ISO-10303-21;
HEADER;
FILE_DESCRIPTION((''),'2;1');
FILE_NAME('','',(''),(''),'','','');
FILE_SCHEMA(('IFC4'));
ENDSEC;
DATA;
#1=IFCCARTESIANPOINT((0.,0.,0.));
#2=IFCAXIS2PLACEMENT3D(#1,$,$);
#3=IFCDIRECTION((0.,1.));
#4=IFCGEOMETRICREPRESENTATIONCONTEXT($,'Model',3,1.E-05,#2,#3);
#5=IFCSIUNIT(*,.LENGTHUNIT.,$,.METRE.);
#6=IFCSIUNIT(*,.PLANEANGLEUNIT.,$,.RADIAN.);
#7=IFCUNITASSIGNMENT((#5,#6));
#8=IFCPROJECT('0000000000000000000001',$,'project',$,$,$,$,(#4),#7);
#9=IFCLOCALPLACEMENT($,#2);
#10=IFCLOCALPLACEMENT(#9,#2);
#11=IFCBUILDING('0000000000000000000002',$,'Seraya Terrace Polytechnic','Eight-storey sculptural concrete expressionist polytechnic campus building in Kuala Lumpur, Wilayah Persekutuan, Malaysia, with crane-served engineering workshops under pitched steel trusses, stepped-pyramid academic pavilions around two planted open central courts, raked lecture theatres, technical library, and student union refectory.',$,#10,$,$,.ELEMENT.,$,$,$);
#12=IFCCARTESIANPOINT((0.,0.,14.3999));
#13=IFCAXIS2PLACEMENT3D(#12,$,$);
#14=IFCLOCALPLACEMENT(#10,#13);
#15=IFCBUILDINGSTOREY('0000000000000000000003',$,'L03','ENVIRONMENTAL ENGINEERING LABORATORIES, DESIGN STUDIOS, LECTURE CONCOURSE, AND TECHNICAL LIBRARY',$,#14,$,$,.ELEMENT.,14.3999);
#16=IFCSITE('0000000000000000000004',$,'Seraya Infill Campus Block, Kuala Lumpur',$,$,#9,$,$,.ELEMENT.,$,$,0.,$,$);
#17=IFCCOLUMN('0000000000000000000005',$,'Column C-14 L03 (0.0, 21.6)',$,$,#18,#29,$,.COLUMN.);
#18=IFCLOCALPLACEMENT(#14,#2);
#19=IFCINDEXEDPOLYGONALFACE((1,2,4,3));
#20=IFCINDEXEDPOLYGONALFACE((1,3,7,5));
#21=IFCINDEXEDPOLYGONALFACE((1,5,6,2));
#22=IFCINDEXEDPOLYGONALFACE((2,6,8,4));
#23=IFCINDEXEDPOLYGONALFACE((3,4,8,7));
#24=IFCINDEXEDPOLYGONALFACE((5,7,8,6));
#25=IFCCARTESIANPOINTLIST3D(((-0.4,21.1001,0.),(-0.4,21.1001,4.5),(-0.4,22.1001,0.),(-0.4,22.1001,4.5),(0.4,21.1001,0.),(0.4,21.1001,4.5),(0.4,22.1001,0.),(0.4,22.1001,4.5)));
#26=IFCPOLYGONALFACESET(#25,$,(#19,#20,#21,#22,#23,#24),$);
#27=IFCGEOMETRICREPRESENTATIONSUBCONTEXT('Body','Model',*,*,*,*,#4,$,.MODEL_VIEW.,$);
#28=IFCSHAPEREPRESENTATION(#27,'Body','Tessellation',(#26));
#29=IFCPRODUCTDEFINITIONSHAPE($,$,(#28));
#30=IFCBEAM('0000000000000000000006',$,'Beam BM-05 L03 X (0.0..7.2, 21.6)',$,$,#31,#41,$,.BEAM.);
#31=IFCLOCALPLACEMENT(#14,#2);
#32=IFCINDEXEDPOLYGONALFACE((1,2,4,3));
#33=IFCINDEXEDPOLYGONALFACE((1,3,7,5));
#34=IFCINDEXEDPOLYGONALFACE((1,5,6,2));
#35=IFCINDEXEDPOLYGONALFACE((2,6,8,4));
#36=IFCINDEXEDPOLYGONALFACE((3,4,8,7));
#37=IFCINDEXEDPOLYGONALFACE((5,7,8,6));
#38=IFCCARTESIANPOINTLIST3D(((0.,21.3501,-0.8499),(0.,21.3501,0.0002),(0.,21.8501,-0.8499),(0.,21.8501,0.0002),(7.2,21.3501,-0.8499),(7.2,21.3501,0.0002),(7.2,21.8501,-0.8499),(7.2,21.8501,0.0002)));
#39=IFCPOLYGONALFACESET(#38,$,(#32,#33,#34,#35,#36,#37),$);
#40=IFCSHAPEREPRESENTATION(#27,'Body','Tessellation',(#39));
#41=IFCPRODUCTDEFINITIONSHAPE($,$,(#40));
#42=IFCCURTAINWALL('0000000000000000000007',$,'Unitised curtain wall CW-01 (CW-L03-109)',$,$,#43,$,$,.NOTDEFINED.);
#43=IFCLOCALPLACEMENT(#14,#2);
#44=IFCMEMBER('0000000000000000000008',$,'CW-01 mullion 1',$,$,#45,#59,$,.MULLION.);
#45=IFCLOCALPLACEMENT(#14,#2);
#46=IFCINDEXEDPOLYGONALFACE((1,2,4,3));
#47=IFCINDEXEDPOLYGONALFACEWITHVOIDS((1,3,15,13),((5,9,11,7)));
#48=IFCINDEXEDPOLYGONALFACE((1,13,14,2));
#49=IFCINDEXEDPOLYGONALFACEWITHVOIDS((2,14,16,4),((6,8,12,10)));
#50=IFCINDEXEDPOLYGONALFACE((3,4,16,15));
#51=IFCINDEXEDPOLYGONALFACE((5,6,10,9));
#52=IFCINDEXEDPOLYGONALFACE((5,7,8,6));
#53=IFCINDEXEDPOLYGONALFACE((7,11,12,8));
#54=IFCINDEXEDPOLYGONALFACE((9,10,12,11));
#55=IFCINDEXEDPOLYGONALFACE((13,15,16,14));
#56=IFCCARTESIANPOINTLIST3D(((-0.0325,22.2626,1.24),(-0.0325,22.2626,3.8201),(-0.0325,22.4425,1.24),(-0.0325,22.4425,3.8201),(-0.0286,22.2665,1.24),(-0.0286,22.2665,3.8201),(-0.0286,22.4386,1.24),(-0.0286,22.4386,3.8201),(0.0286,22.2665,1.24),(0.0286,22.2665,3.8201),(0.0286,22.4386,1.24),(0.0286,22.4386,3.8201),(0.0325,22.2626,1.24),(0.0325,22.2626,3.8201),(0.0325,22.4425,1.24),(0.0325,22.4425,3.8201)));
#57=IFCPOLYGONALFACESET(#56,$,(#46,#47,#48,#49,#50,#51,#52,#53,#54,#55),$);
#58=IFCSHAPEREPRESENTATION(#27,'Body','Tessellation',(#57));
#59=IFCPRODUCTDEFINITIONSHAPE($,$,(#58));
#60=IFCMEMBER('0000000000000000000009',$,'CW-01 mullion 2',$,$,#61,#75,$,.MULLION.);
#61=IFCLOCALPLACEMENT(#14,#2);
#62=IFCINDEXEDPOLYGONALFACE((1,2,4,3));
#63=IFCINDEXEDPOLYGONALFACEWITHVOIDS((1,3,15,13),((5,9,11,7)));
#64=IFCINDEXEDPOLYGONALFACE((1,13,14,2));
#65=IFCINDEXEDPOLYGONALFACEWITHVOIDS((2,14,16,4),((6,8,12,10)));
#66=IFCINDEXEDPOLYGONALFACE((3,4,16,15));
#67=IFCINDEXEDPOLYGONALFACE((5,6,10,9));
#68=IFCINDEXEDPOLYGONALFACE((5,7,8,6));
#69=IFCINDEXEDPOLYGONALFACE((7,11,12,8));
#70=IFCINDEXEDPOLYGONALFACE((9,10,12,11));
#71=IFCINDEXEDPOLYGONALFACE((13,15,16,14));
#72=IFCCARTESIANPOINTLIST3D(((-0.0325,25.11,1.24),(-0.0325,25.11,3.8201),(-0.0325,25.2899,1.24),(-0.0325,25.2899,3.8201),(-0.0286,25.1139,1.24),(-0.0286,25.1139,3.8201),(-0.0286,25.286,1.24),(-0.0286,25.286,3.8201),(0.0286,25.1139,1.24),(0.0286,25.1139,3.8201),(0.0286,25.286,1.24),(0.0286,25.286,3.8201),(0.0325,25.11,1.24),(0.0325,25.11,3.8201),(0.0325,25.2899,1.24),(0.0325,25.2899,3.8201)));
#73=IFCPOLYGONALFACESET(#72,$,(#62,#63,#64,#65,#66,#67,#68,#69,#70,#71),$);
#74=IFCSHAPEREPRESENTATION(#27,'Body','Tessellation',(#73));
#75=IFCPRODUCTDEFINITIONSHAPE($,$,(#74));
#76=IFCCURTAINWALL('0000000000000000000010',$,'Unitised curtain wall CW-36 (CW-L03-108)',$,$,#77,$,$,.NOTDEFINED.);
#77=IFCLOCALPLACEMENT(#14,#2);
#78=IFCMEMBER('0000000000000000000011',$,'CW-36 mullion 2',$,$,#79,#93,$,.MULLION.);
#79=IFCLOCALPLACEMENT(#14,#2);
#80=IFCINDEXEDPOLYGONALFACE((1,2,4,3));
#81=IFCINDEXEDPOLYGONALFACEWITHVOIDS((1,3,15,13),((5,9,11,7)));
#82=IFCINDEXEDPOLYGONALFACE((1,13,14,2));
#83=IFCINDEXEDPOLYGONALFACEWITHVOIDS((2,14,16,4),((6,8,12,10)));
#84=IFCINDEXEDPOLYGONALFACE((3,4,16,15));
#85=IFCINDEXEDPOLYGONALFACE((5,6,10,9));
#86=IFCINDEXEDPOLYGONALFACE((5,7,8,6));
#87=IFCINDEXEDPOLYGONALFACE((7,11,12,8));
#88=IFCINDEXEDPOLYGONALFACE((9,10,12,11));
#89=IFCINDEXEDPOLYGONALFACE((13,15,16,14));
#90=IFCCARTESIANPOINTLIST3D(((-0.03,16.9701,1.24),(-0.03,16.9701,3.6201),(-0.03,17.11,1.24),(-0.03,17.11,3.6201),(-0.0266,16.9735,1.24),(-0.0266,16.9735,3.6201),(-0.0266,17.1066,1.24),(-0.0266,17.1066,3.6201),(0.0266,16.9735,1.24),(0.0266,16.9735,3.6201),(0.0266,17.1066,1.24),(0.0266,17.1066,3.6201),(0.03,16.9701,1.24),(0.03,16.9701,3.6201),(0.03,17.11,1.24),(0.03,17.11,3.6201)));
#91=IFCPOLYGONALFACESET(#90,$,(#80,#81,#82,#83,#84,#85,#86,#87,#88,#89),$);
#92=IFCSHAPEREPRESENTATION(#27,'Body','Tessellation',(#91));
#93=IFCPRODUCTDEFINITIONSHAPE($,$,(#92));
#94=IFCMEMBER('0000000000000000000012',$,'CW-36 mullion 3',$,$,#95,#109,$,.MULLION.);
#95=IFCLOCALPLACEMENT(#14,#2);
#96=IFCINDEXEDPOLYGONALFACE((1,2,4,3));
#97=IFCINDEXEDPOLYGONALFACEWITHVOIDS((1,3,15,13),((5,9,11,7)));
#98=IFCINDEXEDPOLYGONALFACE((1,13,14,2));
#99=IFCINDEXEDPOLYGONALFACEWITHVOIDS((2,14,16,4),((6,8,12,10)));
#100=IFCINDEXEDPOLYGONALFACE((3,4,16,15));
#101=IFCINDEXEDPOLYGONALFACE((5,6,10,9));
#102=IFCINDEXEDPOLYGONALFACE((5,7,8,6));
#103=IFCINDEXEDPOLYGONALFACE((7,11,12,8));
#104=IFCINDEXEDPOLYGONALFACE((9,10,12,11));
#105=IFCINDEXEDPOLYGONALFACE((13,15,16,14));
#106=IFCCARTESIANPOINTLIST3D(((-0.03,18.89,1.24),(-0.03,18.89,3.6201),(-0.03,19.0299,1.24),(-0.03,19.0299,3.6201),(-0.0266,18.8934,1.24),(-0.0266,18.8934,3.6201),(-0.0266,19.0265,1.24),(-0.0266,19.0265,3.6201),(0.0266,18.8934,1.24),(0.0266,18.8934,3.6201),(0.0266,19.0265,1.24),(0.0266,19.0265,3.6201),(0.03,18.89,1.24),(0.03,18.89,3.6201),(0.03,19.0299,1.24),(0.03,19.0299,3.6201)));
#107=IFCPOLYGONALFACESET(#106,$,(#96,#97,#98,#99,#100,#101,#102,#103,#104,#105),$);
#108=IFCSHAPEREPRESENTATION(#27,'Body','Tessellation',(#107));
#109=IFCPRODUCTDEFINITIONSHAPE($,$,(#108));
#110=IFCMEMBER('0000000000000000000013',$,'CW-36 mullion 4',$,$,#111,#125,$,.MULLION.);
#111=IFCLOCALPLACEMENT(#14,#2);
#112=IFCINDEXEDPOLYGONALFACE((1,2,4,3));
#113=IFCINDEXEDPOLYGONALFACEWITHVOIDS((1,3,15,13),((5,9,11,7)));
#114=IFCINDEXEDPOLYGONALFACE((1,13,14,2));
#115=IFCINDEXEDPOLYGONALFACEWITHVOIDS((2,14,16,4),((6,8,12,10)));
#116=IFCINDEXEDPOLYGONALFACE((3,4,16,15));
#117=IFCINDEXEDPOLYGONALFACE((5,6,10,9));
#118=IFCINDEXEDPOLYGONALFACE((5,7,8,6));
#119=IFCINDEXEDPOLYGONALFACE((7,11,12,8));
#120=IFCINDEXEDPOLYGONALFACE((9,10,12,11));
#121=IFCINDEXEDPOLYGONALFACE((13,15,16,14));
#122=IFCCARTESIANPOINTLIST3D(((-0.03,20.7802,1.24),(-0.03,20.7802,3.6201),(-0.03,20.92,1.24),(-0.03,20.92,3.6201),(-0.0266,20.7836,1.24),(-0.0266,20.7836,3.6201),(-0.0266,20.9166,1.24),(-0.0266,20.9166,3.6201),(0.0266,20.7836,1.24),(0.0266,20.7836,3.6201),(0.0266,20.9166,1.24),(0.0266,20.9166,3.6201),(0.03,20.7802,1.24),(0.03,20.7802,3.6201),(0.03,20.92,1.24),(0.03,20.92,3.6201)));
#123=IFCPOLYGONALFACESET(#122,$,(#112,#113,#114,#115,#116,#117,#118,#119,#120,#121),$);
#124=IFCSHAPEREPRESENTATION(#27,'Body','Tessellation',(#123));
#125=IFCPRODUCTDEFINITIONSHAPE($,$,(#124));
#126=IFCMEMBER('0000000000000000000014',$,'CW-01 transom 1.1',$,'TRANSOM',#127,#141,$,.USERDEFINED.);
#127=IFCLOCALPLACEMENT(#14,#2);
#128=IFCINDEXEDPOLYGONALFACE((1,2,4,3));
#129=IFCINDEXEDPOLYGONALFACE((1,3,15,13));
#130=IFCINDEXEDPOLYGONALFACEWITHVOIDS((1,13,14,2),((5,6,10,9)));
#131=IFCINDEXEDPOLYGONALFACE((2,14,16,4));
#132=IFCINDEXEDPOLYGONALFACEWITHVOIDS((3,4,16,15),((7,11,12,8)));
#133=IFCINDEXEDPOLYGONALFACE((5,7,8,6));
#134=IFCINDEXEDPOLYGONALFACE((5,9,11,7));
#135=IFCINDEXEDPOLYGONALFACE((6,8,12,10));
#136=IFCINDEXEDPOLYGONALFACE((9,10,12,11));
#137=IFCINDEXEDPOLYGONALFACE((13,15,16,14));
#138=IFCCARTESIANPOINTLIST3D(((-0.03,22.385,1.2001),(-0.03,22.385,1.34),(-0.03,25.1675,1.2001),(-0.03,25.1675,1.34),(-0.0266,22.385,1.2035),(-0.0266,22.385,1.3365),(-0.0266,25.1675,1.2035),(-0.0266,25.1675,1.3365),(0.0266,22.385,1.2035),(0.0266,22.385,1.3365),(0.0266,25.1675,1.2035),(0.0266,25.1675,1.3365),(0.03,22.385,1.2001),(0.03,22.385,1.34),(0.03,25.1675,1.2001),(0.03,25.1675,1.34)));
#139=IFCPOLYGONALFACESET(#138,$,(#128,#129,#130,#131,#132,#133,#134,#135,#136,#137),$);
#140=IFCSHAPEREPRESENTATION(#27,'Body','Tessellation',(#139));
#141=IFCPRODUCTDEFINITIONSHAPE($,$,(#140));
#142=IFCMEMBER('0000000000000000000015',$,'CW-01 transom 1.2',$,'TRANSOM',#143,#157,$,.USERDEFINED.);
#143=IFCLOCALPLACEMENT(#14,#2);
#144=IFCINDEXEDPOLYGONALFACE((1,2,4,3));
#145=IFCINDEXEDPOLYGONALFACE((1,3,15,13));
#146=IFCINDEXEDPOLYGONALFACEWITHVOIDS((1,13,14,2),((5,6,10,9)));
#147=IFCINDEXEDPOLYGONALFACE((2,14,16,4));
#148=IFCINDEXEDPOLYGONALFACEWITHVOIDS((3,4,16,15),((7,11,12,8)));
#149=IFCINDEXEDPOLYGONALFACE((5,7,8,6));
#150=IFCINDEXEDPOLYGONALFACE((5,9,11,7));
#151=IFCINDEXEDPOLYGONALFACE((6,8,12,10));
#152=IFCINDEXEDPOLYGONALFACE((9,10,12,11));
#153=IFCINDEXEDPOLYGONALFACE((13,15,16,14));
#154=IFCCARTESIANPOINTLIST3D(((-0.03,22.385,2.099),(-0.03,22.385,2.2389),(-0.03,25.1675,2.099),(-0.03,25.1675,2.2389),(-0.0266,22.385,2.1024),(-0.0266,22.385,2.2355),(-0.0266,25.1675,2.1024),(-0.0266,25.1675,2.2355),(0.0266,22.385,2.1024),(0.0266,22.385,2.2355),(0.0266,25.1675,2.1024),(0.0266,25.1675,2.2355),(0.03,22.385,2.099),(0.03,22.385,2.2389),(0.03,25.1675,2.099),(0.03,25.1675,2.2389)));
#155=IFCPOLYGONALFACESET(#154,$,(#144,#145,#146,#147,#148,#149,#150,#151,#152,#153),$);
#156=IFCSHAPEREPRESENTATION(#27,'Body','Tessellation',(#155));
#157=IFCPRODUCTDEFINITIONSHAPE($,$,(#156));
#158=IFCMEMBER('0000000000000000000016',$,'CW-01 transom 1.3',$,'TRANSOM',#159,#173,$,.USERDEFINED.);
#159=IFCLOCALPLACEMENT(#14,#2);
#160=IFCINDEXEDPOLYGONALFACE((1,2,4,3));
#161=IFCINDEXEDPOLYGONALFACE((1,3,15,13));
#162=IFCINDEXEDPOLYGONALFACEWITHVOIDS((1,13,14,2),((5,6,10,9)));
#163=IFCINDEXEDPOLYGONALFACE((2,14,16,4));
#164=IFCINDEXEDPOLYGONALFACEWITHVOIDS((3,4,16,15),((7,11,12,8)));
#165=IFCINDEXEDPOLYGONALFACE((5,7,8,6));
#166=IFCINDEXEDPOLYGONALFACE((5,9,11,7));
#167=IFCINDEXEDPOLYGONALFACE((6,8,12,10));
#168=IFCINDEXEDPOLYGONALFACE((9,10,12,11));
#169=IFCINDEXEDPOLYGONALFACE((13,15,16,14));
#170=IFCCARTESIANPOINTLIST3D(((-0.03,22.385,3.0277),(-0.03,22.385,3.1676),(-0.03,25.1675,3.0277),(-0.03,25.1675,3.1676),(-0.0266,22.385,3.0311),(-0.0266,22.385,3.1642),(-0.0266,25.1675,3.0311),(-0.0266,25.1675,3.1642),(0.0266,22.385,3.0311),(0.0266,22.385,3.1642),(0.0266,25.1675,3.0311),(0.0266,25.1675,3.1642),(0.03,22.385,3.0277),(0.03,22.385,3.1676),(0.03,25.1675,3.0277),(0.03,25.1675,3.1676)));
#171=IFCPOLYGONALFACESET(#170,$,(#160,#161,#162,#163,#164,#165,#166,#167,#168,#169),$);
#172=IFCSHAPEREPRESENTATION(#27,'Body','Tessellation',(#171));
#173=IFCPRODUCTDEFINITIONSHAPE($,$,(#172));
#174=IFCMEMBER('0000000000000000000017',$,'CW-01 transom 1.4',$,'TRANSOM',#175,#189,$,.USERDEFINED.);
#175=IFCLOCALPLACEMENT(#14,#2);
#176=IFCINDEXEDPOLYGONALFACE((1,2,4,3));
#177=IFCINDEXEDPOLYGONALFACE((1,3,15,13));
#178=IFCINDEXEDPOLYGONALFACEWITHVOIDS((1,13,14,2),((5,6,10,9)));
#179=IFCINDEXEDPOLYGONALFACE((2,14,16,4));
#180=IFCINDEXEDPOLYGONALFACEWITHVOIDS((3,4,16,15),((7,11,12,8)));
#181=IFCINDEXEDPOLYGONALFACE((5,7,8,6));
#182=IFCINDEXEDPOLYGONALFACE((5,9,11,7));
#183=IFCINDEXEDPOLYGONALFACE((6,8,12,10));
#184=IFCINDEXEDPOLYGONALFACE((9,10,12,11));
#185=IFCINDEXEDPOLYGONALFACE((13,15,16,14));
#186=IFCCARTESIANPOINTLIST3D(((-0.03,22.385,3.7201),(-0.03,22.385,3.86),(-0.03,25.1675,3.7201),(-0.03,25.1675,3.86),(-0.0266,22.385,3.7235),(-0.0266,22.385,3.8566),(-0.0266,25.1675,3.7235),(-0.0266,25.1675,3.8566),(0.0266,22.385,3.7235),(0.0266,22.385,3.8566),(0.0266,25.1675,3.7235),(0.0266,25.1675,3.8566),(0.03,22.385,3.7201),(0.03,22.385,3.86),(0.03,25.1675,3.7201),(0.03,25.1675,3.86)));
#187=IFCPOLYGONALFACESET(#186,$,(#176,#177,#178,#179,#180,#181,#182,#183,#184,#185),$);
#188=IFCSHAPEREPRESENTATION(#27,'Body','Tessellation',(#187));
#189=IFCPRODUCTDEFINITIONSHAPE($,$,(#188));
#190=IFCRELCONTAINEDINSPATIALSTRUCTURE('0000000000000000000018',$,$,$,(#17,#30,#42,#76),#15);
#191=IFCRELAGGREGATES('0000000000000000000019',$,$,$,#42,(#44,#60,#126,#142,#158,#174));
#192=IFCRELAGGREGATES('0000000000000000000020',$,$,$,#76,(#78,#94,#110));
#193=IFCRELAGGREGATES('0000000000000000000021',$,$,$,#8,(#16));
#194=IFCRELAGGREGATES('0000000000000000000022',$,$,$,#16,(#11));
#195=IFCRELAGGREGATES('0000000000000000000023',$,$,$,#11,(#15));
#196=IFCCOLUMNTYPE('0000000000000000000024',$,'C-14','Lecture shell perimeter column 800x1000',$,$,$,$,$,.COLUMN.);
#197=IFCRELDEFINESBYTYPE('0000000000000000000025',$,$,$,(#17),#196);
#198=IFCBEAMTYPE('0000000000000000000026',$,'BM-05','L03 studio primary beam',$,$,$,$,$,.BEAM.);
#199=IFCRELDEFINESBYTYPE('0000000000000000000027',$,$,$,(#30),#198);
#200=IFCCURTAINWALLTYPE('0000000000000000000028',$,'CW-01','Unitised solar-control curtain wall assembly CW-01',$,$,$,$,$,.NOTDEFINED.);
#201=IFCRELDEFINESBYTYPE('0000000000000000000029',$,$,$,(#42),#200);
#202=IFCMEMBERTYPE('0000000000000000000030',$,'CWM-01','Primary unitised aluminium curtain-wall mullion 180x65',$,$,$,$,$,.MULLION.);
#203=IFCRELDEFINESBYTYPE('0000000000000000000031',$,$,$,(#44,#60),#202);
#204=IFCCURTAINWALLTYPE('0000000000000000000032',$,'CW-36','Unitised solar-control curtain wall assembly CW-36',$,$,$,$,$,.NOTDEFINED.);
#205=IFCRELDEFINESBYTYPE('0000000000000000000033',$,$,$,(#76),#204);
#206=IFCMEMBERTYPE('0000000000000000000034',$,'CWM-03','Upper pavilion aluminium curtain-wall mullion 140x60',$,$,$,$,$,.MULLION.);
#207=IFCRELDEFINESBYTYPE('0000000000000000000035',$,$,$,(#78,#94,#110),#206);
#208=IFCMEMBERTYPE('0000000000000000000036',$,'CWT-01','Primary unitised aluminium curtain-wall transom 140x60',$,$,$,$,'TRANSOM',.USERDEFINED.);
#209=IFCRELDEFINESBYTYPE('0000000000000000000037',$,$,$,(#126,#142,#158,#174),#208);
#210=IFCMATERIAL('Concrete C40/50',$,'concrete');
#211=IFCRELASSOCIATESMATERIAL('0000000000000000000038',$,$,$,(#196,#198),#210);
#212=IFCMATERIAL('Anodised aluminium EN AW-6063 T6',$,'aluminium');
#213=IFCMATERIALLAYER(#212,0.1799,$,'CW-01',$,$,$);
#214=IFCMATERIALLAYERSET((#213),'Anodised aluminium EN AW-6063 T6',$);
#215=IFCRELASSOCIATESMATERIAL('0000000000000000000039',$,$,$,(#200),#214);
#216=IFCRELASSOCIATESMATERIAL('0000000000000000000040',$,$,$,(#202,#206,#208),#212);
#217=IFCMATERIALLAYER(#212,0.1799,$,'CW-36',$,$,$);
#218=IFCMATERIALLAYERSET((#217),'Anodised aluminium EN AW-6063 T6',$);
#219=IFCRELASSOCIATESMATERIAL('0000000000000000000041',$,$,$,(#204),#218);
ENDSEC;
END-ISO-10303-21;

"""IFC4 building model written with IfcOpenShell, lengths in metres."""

from ifc_helpers import new_model, si_unit, direction, frame, origin, origin_2d, place, context, subcontext, project, spatial, rectangle, hollow_rectangle, extrude, material, layer, layer_set, material_profile, profile_set, type_object, element, aggregate, save


model = new_model("IFC4")

# Units and contexts
model_context = context("Model", 3, precision=1e-05, world=origin(), true_north=direction((0.0, 1.0)))
body_context = subcontext(model_context, "Body", "Model", "MODEL_VIEW")
ifc_project = project(units=[si_unit("LENGTHUNIT", "METRE"), si_unit("PLANEANGLEUNIT", "RADIAN")], contexts=[model_context])

# Site, building, storey
site_placement = place(None, origin())
site = spatial("IfcSite", under=ifc_project, at=site_placement, Name="Seraya Infill Campus Block, Kuala Lumpur", CompositionType="ELEMENT", RefElevation=0.0)
building_placement = place(site_placement, origin())
building = spatial("IfcBuilding", under=site, at=building_placement, Name="Seraya Terrace Polytechnic", Description="Eight-storey sculptural concrete expressionist polytechnic campus building in Kuala Lumpur, Wilayah Persekutuan, Malaysia, with crane-served engineering workshops under pitched steel trusses, stepped-pyramid academic pavilions around two planted open central courts, raked lecture theatres, technical library, and student union refectory.", CompositionType="ELEMENT")
storey_placement = place(building_placement, frame((0.0, 0.0, 14.3999)))
storey = spatial("IfcBuildingStorey", under=building, at=storey_placement, Name="L03", Description="ENVIRONMENTAL ENGINEERING LABORATORIES, DESIGN STUDIOS, LECTURE CONCOURSE, AND TECHNICAL LIBRARY", CompositionType="ELEMENT", Elevation=14.3999)

# Column
ifc_material_1 = material(Name="Concrete C40/50", Category="concrete")
ifc_material_profile_1 = material_profile(ifc_material_1, rectangle(XDim=0.8, YDim=1.0, at=origin_2d()), Name="RC 800x1000")
ifc_profile_set_1 = profile_set([ifc_material_profile_1], Name="Concrete C40/50")
column_type = type_object("IfcColumnType", Name="C-14", Description="Lecture shell perimeter column 800x1000", PredefinedType="COLUMN", material=ifc_profile_set_1)
column_placement = place(storey_placement, frame((0.0, 21.6001, 0.0), z_axis=(0.0, 0.0, 1.0), x_axis=(1.0, 0.0, 0.0)))
element("IfcColumn", 1, at=column_placement, inside=storey, type_object=column_type, Name="Column C-14 L03 (0.0, 21.6)", PredefinedType="COLUMN", context=body_context, shape_type="SweptSolid", body=[
    extrude(rectangle(XDim=0.8, YDim=1.0, at=origin_2d()), origin(), (0.0, 0.0, 1.0), 4.5),
])

# Beam
ifc_material_profile_2 = material_profile(ifc_material_1, rectangle(XDim=0.5, YDim=0.8501, at=origin_2d()), Name="RC 500x850")
ifc_profile_set_2 = profile_set([ifc_material_profile_2], Name="Concrete C40/50")
beam_type = type_object("IfcBeamType", Name="BM-05", Description="L03 studio primary beam", PredefinedType="BEAM", material=ifc_profile_set_2)
beam_placement = place(storey_placement, frame((0.0, 21.6001, -0.4248), z_axis=(1.0, 0.0, 0.0), x_axis=(0.0, 1.0, 0.0)))
element("IfcBeam", 2, at=beam_placement, inside=storey, type_object=beam_type, Name="Beam BM-05 L03 X (0.0..7.2, 21.6)", PredefinedType="BEAM", context=body_context, shape_type="SweptSolid", body=[
    extrude(rectangle(XDim=0.5, YDim=0.8501, at=origin_2d()), origin(), (0.0, 0.0, 1.0), 7.2),
])

# Curtain walls, members
ifc_material_2 = material(Name="Anodised aluminium EN AW-6063 T6", Category="aluminium")
ifc_layer_1 = layer(ifc_material_2, 0.1799, Name="CW-01")
ifc_layer_set_1 = layer_set([ifc_layer_1], Name="Anodised aluminium EN AW-6063 T6")
curtain_wall_type_1 = type_object("IfcCurtainWallType", Name="CW-01", Description="Unitised solar-control curtain wall assembly CW-01", PredefinedType="NOTDEFINED", material=ifc_layer_set_1)
curtain_wall_1_placement = place(storey_placement, origin())
curtain_wall_1 = element("IfcCurtainWall", 3, at=curtain_wall_1_placement, inside=storey, type_object=curtain_wall_type_1, Name="Unitised curtain wall CW-01 (CW-L03-109)", PredefinedType="NOTDEFINED")
ifc_material_profile_3 = material_profile(ifc_material_2, hollow_rectangle(XDim=0.0649, YDim=0.1799, WallThickness=0.0039, at=origin_2d()), Name="RHS 180x65x4.0")
ifc_profile_set_3 = profile_set([ifc_material_profile_3], Name="Anodised aluminium EN AW-6063 T6")
member_type_1 = type_object("IfcMemberType", Name="CWM-01", Description="Primary unitised aluminium curtain-wall mullion 180x65", PredefinedType="MULLION", material=ifc_profile_set_3)
member_1_placement = place(storey_placement, frame((0.0, 22.3525, 1.24), z_axis=(0.0, 0.0, 1.0), x_axis=(-1.0, 0.0, 0.0)))
member_1 = element("IfcMember", 4, at=member_1_placement, type_object=member_type_1, Name="CW-01 mullion 1", PredefinedType="MULLION", context=body_context, shape_type="SweptSolid", body=[
    extrude(hollow_rectangle(XDim=0.0649, YDim=0.1799, WallThickness=0.0039, at=origin_2d()), origin(), (0.0, 0.0, 1.0), 2.5801),
])
member_2_placement = place(storey_placement, frame((0.0, 25.2, 1.24), z_axis=(0.0, 0.0, 1.0), x_axis=(-1.0, 0.0, 0.0)))
member_2 = element("IfcMember", 5, at=member_2_placement, type_object=member_type_1, Name="CW-01 mullion 2", PredefinedType="MULLION", context=body_context, shape_type="SweptSolid", body=[
    extrude(hollow_rectangle(XDim=0.0649, YDim=0.1799, WallThickness=0.0039, at=origin_2d()), origin(), (0.0, 0.0, 1.0), 2.5801),
])
ifc_layer_2 = layer(ifc_material_2, 0.1799, Name="CW-36")
ifc_layer_set_2 = layer_set([ifc_layer_2], Name="Anodised aluminium EN AW-6063 T6")
curtain_wall_type_2 = type_object("IfcCurtainWallType", Name="CW-36", Description="Unitised solar-control curtain wall assembly CW-36", PredefinedType="NOTDEFINED", material=ifc_layer_set_2)
curtain_wall_2_placement = place(storey_placement, origin())
curtain_wall_2 = element("IfcCurtainWall", 6, at=curtain_wall_2_placement, inside=storey, type_object=curtain_wall_type_2, Name="Unitised curtain wall CW-36 (CW-L03-108)", PredefinedType="NOTDEFINED")
ifc_material_profile_4 = material_profile(ifc_material_2, hollow_rectangle(XDim=0.0601, YDim=0.1399, WallThickness=0.0034, at=origin_2d()), Name="RHS 140x60x3.5")
ifc_profile_set_4 = profile_set([ifc_material_profile_4], Name="Anodised aluminium EN AW-6063 T6")
member_type_2 = type_object("IfcMemberType", Name="CWM-03", Description="Upper pavilion aluminium curtain-wall mullion 140x60", PredefinedType="MULLION", material=ifc_profile_set_4)
member_3_placement = place(storey_placement, frame((0.0, 17.04, 1.24), z_axis=(0.0, 0.0, 1.0), x_axis=(-1.0, 0.0, 0.0)))
member_3 = element("IfcMember", 7, at=member_3_placement, type_object=member_type_2, Name="CW-36 mullion 2", PredefinedType="MULLION", context=body_context, shape_type="SweptSolid", body=[
    extrude(hollow_rectangle(XDim=0.0601, YDim=0.1399, WallThickness=0.0034, at=origin_2d()), origin(), (0.0, 0.0, 1.0), 2.3801),
])
member_4_placement = place(storey_placement, frame((0.0, 18.96, 1.24), z_axis=(0.0, 0.0, 1.0), x_axis=(-1.0, 0.0, 0.0)))
member_4 = element("IfcMember", 8, at=member_4_placement, type_object=member_type_2, Name="CW-36 mullion 3", PredefinedType="MULLION", context=body_context, shape_type="SweptSolid", body=[
    extrude(hollow_rectangle(XDim=0.0601, YDim=0.1399, WallThickness=0.0034, at=origin_2d()), origin(), (0.0, 0.0, 1.0), 2.3801),
])
member_5_placement = place(storey_placement, frame((0.0, 20.8501, 1.24), z_axis=(0.0, 0.0, 1.0), x_axis=(-1.0, 0.0, 0.0)))
member_5 = element("IfcMember", 9, at=member_5_placement, type_object=member_type_2, Name="CW-36 mullion 4", PredefinedType="MULLION", context=body_context, shape_type="SweptSolid", body=[
    extrude(hollow_rectangle(XDim=0.0601, YDim=0.1399, WallThickness=0.0034, at=origin_2d()), origin(), (0.0, 0.0, 1.0), 2.3801),
])

# Members
ifc_material_profile_5 = material_profile(ifc_material_2, hollow_rectangle(XDim=0.0601, YDim=0.1399, WallThickness=0.0034, at=origin_2d()), Name="RHS 140x60x3.5")
ifc_profile_set_5 = profile_set([ifc_material_profile_5], Name="Anodised aluminium EN AW-6063 T6")
member_type_3 = type_object("IfcMemberType", Name="CWT-01", Description="Primary unitised aluminium curtain-wall transom 140x60", ElementType="TRANSOM", PredefinedType="USERDEFINED", material=ifc_profile_set_5)
member_6_placement = place(storey_placement, frame((0.0, 22.385, 1.27), z_axis=(0.0, 1.0, 0.0), x_axis=(-1.0, 0.0, 0.0)))
member_6 = element("IfcMember", 10, at=member_6_placement, type_object=member_type_3, Name="CW-01 transom 1.1", ObjectType="TRANSOM", PredefinedType="USERDEFINED", context=body_context, shape_type="SweptSolid", body=[
    extrude(hollow_rectangle(XDim=0.0601, YDim=0.1399, WallThickness=0.0034, at=origin_2d()), origin(), (0.0, 0.0, 1.0), 2.7825),
])
member_7_placement = place(storey_placement, frame((0.0, 22.385, 2.1689), z_axis=(0.0, 1.0, 0.0), x_axis=(-1.0, 0.0, 0.0)))
member_7 = element("IfcMember", 11, at=member_7_placement, type_object=member_type_3, Name="CW-01 transom 1.2", ObjectType="TRANSOM", PredefinedType="USERDEFINED", context=body_context, shape_type="SweptSolid", body=[
    extrude(hollow_rectangle(XDim=0.0601, YDim=0.1399, WallThickness=0.0034, at=origin_2d()), origin(), (0.0, 0.0, 1.0), 2.7825),
])
member_8_placement = place(storey_placement, frame((0.0, 22.385, 3.0977), z_axis=(0.0, 1.0, 0.0), x_axis=(-1.0, 0.0, 0.0)))
member_8 = element("IfcMember", 12, at=member_8_placement, type_object=member_type_3, Name="CW-01 transom 1.3", ObjectType="TRANSOM", PredefinedType="USERDEFINED", context=body_context, shape_type="SweptSolid", body=[
    extrude(hollow_rectangle(XDim=0.0601, YDim=0.1399, WallThickness=0.0034, at=origin_2d()), origin(), (0.0, 0.0, 1.0), 2.7825),
])
member_9_placement = place(storey_placement, frame((0.0, 22.385, 3.79), z_axis=(0.0, 1.0, 0.0), x_axis=(-1.0, 0.0, 0.0)))
member_9 = element("IfcMember", 13, at=member_9_placement, type_object=member_type_3, Name="CW-01 transom 1.4", ObjectType="TRANSOM", PredefinedType="USERDEFINED", context=body_context, shape_type="SweptSolid", body=[
    extrude(hollow_rectangle(XDim=0.0601, YDim=0.1399, WallThickness=0.0034, at=origin_2d()), origin(), (0.0, 0.0, 1.0), 2.7825),
])

aggregate(curtain_wall_1, [member_1, member_2, member_6, member_7, member_8, member_9])
aggregate(curtain_wall_2, [member_3, member_4, member_5])

save(model, "model.ifc")
